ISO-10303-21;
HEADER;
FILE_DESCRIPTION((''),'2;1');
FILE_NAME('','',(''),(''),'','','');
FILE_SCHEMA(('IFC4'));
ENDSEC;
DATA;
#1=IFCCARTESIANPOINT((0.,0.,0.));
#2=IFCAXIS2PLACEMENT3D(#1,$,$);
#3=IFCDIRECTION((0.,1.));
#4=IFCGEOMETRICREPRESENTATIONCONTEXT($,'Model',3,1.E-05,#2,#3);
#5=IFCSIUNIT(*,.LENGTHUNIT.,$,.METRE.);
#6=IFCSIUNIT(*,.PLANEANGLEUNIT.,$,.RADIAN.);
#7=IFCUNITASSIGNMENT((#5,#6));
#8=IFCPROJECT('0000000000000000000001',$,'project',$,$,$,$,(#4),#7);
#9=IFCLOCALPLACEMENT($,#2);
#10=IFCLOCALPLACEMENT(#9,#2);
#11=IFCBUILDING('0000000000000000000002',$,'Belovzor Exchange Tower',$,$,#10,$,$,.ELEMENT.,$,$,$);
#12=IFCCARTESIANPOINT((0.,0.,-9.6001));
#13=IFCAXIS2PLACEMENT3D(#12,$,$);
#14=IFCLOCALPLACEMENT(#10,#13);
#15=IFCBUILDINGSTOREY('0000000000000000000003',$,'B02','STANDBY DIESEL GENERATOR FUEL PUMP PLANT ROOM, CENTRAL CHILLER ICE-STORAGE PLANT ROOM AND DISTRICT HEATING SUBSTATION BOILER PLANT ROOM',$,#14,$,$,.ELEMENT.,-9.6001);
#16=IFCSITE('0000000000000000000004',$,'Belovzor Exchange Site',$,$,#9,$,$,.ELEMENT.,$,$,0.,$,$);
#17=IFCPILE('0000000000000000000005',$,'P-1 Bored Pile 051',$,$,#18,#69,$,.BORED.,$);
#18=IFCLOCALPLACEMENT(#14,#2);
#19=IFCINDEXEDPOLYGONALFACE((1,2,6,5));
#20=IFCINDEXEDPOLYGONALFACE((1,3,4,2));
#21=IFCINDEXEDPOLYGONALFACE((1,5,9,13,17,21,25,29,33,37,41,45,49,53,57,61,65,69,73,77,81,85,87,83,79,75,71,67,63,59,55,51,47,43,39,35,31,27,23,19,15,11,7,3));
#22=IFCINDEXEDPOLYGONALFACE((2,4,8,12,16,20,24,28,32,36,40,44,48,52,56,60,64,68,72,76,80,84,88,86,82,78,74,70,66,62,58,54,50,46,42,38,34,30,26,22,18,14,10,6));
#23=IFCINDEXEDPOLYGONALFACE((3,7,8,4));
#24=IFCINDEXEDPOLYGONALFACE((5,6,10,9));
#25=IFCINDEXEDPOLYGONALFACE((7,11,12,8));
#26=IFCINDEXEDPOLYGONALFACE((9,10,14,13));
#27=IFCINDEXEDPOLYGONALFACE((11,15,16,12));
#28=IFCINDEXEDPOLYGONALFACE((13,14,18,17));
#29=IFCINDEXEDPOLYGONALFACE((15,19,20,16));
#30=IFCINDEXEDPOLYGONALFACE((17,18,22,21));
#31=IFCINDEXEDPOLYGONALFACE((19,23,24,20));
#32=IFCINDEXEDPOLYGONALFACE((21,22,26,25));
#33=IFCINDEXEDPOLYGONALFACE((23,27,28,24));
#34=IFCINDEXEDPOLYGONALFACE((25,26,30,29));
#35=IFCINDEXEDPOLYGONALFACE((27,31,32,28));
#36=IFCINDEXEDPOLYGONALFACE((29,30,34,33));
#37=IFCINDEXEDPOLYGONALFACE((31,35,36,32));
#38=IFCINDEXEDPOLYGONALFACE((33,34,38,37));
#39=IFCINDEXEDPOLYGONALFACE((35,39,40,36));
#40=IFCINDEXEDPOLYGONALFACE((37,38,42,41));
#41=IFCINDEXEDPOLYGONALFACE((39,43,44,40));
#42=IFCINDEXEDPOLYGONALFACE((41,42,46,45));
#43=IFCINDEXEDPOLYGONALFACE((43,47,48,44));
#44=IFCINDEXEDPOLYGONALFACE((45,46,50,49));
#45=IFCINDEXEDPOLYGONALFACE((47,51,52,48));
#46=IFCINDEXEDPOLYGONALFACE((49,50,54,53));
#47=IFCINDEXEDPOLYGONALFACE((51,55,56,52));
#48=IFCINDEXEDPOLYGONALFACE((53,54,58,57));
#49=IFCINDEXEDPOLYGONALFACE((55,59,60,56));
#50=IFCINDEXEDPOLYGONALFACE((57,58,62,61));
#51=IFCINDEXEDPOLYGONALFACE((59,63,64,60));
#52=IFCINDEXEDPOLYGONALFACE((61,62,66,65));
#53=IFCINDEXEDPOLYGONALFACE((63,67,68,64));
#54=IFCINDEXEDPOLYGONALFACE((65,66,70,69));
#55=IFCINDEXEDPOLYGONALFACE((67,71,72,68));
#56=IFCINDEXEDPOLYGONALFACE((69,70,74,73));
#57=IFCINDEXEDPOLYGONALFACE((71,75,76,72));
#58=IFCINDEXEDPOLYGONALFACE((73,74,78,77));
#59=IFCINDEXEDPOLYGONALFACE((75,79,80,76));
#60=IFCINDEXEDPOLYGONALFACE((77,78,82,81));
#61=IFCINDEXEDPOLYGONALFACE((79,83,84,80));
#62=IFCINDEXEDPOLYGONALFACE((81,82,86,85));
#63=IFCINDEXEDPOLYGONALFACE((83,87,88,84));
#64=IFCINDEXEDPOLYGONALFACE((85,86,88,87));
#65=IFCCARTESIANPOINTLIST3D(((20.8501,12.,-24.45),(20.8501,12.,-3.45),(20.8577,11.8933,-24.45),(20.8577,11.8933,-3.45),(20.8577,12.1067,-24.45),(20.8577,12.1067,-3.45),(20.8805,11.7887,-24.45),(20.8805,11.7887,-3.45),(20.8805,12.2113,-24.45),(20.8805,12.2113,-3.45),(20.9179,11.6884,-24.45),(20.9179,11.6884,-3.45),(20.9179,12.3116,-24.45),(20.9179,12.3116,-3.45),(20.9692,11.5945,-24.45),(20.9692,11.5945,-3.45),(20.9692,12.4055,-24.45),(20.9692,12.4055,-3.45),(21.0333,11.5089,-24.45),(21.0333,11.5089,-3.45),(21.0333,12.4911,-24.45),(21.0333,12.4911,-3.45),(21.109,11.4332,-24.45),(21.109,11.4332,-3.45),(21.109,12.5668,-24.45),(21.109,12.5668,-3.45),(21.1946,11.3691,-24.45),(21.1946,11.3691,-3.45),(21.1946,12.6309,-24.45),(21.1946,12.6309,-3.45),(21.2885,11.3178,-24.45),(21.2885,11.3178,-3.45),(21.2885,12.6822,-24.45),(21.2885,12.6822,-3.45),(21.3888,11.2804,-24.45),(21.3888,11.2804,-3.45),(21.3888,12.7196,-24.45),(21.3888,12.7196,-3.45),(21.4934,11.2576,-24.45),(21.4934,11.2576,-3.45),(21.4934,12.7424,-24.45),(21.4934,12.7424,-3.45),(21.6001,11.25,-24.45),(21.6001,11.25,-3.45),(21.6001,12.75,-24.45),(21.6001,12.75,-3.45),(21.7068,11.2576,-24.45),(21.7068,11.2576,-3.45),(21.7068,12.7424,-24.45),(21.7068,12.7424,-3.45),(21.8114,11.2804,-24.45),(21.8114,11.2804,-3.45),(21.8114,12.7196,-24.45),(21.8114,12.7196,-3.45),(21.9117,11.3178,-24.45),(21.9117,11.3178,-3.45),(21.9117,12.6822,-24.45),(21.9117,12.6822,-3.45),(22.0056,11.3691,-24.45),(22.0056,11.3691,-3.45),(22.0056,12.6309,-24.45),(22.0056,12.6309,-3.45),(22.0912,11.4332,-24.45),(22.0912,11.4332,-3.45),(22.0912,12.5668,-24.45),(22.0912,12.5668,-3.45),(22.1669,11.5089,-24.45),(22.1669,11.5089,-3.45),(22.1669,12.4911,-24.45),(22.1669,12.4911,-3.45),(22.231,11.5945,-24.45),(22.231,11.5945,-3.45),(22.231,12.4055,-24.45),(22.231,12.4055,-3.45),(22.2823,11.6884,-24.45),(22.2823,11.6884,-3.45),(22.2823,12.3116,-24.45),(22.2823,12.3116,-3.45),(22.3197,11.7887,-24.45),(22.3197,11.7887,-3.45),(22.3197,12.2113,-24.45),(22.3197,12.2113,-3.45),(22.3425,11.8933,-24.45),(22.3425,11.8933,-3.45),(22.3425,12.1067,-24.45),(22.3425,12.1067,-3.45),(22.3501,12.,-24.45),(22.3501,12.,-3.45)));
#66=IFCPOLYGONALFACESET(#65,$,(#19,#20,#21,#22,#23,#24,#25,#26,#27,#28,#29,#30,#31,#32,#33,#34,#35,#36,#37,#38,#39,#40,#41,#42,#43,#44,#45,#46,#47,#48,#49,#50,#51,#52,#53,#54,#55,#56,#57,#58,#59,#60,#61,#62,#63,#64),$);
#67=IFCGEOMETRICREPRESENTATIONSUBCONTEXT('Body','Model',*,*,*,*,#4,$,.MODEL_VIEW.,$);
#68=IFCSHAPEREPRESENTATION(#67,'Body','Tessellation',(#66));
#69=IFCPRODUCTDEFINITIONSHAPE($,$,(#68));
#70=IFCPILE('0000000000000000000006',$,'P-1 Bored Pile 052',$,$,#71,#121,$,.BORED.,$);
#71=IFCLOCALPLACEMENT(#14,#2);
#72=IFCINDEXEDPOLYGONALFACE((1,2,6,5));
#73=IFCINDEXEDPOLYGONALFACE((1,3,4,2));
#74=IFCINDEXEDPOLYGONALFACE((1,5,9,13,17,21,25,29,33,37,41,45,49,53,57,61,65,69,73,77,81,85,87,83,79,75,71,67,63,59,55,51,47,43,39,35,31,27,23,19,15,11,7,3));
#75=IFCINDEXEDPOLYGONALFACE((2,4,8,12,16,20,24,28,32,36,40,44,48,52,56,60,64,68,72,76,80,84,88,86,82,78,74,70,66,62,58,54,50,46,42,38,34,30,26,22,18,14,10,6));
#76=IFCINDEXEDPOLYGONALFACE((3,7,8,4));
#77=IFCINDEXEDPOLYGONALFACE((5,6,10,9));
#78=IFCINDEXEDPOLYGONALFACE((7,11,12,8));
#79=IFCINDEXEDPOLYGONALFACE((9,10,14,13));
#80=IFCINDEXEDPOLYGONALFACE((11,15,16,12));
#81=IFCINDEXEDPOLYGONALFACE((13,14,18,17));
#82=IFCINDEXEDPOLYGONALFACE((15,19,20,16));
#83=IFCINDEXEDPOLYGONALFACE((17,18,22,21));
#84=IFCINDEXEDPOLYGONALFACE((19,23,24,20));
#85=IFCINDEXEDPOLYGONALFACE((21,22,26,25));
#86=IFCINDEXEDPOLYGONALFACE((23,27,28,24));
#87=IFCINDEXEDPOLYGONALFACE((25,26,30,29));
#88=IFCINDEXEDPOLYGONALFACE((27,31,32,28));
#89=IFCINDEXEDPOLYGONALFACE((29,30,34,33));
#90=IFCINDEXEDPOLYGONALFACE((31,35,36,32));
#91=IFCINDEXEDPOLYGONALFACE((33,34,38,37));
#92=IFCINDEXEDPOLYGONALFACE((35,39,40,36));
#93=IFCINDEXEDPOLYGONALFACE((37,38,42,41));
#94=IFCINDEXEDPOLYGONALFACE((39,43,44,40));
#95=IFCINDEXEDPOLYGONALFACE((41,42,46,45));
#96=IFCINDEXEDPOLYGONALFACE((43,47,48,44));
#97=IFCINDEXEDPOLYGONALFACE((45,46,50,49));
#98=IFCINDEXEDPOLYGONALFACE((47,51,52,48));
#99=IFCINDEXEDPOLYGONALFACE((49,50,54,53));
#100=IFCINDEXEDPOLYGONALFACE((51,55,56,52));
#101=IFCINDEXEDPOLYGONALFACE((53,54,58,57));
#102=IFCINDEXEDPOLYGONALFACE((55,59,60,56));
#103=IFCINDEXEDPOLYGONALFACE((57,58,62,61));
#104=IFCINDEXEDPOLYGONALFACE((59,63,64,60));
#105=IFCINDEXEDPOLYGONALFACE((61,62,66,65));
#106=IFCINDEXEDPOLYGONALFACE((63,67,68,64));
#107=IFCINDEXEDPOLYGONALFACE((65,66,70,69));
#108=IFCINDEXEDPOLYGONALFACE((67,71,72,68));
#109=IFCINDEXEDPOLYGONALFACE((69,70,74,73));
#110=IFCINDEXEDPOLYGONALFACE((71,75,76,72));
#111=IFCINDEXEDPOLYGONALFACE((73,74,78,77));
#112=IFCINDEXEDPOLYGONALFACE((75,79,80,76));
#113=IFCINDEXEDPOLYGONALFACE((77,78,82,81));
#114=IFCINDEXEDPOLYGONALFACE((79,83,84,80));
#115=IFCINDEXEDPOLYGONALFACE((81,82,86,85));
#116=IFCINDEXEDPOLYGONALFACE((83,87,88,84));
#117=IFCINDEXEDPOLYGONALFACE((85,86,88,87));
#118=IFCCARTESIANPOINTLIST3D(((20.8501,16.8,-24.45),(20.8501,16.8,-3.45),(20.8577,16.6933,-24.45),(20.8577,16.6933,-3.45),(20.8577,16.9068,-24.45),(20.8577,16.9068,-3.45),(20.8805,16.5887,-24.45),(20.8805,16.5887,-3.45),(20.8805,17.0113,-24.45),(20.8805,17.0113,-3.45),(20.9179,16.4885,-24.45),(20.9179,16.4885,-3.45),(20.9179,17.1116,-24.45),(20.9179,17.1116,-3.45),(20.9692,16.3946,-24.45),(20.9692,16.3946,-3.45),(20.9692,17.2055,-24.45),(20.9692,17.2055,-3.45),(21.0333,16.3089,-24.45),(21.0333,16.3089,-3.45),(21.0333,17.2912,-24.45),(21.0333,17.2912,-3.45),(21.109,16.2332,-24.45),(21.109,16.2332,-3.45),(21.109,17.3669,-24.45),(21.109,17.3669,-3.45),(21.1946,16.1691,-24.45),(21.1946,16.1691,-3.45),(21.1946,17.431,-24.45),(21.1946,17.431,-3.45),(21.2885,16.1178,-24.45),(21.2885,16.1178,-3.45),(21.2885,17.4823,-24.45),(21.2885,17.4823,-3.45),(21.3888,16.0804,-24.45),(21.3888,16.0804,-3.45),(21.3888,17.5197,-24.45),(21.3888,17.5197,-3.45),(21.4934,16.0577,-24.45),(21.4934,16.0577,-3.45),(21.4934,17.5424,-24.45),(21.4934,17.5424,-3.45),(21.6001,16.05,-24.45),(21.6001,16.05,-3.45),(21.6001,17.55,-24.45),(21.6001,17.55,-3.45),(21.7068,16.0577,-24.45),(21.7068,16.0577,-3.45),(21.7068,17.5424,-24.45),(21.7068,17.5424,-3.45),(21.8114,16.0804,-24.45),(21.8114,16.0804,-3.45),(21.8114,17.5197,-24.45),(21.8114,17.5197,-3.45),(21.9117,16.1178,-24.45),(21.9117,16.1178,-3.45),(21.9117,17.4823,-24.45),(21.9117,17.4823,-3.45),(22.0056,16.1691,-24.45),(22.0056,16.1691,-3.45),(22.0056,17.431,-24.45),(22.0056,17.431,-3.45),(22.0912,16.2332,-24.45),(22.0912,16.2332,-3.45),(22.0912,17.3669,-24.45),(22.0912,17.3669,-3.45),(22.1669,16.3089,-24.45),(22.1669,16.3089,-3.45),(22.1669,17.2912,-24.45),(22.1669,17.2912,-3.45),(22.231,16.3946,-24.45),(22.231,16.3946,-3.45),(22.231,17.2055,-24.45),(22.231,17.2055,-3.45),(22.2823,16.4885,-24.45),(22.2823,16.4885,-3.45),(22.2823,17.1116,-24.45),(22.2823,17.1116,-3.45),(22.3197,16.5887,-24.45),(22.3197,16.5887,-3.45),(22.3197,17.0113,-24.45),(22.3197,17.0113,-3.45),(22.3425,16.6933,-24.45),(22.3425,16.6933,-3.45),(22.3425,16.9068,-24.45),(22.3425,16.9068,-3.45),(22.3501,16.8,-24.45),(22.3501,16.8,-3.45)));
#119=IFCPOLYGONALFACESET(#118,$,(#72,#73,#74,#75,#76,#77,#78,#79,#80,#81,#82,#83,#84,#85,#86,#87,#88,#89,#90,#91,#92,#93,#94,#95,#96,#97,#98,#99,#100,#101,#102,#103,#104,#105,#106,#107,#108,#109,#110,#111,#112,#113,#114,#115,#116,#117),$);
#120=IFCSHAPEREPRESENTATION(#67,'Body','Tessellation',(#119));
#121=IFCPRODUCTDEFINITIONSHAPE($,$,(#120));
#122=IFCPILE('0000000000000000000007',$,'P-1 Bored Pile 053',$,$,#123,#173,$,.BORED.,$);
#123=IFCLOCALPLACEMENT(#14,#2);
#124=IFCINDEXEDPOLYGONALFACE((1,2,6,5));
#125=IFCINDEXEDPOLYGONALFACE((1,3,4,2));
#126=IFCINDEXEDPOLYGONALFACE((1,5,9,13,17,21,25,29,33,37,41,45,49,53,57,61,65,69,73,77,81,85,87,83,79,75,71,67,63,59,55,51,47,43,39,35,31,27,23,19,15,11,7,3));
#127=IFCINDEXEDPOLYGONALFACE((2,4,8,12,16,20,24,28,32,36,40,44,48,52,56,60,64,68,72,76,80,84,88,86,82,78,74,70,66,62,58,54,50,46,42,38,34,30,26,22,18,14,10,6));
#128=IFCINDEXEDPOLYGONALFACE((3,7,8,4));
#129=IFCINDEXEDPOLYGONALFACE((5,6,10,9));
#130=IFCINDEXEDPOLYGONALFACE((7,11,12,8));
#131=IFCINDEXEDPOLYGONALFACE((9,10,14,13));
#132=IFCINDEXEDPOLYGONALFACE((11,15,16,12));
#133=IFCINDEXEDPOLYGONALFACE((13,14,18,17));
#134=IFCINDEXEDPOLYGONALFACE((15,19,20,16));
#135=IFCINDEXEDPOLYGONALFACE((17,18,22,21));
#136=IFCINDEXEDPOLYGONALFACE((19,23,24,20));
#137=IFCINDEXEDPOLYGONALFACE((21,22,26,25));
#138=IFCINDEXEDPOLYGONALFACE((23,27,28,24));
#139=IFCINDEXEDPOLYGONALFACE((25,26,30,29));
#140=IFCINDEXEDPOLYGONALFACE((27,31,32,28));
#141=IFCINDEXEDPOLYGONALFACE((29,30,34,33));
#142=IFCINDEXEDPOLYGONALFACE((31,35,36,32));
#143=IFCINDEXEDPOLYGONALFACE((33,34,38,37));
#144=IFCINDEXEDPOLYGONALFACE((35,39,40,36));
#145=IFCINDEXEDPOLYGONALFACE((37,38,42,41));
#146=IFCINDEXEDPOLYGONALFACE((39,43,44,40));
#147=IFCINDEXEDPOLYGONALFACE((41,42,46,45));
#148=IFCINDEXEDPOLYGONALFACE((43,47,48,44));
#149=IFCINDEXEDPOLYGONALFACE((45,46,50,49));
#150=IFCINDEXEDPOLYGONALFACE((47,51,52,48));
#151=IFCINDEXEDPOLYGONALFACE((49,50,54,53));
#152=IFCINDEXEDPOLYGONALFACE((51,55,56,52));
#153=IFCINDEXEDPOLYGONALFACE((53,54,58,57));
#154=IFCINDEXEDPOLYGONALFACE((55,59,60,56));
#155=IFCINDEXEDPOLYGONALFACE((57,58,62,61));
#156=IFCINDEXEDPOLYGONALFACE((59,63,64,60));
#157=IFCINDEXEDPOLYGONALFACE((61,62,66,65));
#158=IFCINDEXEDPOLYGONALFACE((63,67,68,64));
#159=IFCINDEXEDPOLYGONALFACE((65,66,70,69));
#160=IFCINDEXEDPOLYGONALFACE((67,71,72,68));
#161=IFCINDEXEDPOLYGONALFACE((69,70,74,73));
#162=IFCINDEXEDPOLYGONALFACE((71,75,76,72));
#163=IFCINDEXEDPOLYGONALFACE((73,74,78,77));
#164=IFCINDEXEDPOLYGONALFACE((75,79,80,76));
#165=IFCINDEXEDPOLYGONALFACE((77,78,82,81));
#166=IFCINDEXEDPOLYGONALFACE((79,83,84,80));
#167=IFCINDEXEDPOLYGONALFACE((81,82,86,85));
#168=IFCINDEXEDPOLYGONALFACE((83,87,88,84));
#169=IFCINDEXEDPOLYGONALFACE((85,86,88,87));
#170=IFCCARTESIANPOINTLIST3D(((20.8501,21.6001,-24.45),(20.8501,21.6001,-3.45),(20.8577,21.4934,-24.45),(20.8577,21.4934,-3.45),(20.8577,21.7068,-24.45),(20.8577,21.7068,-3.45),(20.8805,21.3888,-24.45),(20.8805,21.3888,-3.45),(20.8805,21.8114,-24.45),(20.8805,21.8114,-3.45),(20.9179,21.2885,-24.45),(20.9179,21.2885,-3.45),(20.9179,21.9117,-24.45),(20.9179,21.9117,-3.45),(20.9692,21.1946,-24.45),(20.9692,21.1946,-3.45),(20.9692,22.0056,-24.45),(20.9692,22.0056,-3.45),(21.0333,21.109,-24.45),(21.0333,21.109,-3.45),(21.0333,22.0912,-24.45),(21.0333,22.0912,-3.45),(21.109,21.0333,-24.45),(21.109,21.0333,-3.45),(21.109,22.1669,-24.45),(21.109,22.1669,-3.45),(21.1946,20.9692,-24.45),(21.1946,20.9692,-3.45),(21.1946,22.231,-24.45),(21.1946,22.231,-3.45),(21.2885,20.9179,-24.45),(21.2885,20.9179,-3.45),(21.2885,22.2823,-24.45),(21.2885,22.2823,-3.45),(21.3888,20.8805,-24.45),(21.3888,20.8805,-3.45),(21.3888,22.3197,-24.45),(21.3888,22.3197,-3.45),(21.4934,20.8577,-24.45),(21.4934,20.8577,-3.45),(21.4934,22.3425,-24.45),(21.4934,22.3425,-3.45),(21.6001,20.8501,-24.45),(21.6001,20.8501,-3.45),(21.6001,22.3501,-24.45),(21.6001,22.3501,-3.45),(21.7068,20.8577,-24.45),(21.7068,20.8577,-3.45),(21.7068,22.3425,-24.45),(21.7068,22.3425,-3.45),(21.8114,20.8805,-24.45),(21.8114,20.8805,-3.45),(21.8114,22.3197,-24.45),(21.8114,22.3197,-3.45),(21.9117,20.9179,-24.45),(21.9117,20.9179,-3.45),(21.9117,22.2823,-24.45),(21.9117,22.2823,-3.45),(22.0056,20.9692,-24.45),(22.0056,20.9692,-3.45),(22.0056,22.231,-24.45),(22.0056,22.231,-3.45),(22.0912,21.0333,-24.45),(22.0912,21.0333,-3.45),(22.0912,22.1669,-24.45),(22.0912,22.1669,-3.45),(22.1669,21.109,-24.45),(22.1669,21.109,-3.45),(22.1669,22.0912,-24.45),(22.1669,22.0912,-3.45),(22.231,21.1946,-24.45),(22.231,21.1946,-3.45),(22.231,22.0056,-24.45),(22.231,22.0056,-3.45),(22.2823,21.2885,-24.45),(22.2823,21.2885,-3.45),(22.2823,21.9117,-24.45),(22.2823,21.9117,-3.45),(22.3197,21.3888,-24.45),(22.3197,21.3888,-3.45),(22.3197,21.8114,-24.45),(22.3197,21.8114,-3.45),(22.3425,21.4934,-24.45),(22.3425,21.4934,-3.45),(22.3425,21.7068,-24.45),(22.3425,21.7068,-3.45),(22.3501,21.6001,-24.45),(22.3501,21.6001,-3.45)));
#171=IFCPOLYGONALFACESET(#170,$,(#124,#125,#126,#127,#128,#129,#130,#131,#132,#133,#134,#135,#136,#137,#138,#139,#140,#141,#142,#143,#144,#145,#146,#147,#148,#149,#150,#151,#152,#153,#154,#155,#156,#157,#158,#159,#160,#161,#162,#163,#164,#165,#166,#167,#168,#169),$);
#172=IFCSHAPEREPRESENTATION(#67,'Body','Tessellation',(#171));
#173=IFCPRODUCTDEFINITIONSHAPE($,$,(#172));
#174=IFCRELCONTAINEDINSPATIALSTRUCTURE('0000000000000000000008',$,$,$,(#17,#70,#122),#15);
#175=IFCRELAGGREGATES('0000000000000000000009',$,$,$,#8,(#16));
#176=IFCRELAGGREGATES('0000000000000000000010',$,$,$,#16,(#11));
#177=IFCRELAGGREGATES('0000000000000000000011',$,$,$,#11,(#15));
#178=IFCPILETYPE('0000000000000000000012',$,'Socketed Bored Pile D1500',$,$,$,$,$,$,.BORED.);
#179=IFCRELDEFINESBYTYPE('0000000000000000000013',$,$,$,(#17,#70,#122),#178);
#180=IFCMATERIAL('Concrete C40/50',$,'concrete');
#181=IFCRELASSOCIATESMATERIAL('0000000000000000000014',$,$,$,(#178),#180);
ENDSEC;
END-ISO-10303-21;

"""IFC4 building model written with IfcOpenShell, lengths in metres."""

from ifc_helpers import new_model, si_unit, direction, frame, origin, origin_2d, place, context, subcontext, project, spatial, circle, extrude, material, material_profile, profile_set, type_object, element, save


model = new_model("IFC4")

# Units and contexts
model_context = context("Model", 3, precision=1e-05, world=origin(), true_north=direction((0.0, 1.0)))
body_context = subcontext(model_context, "Body", "Model", "MODEL_VIEW")
ifc_project = project(units=[si_unit("LENGTHUNIT", "METRE"), si_unit("PLANEANGLEUNIT", "RADIAN")], contexts=[model_context])

# Site, building, storey
site_placement = place(None, origin())
site = spatial("IfcSite", under=ifc_project, at=site_placement, Name="Belovzor Exchange Site", CompositionType="ELEMENT", RefElevation=0.0)
building_placement = place(site_placement, origin())
building = spatial("IfcBuilding", under=site, at=building_placement, Name="Belovzor Exchange Tower", CompositionType="ELEMENT")
storey_placement = place(building_placement, frame((0.0, 0.0, -9.6001)))
storey = spatial("IfcBuildingStorey", under=building, at=storey_placement, Name="B02", Description="STANDBY DIESEL GENERATOR FUEL PUMP PLANT ROOM, CENTRAL CHILLER ICE-STORAGE PLANT ROOM AND DISTRICT HEATING SUBSTATION BOILER PLANT ROOM", CompositionType="ELEMENT", Elevation=-9.6001)

# Piles
ifc_material_1 = material(Name="Concrete C40/50", Category="concrete")
ifc_material_profile_1 = material_profile(ifc_material_1, circle(Radius=0.75, at=origin_2d()))
ifc_profile_set_1 = profile_set([ifc_material_profile_1], Name="Concrete C40/50")
pile_type_1 = type_object("IfcPileType", Name="Socketed Bored Pile D1500", PredefinedType="BORED", material=ifc_profile_set_1)
for number, where, z_axis, x_axis, name in (
    (1, (21.6001, 12.0, -3.45), (0.0, 0.0, -1.0), (1.0, 0.0, 0.0), "P-1 Bored Pile 051"),
    (2, (21.6001, 16.8, -3.45), (0.0, 0.0, -1.0), (1.0, 0.0, 0.0), "P-1 Bored Pile 052"),
    (3, (21.6001, 21.6001, -3.45), (0.0, 0.0, -1.0), (1.0, 0.0, 0.0), "P-1 Bored Pile 053"),
):
    element("IfcPile", number, at=place(storey_placement, frame(where, z_axis=z_axis, x_axis=x_axis)), inside=storey, type_object=pile_type_1, Name=name, PredefinedType="BORED", context=body_context, shape_type="SweptSolid", body=[
        extrude(circle(Radius=0.75, at=origin_2d()), origin(), (0.0, 0.0, 1.0), 21.0),
    ])

save(model, "model.ifc")
